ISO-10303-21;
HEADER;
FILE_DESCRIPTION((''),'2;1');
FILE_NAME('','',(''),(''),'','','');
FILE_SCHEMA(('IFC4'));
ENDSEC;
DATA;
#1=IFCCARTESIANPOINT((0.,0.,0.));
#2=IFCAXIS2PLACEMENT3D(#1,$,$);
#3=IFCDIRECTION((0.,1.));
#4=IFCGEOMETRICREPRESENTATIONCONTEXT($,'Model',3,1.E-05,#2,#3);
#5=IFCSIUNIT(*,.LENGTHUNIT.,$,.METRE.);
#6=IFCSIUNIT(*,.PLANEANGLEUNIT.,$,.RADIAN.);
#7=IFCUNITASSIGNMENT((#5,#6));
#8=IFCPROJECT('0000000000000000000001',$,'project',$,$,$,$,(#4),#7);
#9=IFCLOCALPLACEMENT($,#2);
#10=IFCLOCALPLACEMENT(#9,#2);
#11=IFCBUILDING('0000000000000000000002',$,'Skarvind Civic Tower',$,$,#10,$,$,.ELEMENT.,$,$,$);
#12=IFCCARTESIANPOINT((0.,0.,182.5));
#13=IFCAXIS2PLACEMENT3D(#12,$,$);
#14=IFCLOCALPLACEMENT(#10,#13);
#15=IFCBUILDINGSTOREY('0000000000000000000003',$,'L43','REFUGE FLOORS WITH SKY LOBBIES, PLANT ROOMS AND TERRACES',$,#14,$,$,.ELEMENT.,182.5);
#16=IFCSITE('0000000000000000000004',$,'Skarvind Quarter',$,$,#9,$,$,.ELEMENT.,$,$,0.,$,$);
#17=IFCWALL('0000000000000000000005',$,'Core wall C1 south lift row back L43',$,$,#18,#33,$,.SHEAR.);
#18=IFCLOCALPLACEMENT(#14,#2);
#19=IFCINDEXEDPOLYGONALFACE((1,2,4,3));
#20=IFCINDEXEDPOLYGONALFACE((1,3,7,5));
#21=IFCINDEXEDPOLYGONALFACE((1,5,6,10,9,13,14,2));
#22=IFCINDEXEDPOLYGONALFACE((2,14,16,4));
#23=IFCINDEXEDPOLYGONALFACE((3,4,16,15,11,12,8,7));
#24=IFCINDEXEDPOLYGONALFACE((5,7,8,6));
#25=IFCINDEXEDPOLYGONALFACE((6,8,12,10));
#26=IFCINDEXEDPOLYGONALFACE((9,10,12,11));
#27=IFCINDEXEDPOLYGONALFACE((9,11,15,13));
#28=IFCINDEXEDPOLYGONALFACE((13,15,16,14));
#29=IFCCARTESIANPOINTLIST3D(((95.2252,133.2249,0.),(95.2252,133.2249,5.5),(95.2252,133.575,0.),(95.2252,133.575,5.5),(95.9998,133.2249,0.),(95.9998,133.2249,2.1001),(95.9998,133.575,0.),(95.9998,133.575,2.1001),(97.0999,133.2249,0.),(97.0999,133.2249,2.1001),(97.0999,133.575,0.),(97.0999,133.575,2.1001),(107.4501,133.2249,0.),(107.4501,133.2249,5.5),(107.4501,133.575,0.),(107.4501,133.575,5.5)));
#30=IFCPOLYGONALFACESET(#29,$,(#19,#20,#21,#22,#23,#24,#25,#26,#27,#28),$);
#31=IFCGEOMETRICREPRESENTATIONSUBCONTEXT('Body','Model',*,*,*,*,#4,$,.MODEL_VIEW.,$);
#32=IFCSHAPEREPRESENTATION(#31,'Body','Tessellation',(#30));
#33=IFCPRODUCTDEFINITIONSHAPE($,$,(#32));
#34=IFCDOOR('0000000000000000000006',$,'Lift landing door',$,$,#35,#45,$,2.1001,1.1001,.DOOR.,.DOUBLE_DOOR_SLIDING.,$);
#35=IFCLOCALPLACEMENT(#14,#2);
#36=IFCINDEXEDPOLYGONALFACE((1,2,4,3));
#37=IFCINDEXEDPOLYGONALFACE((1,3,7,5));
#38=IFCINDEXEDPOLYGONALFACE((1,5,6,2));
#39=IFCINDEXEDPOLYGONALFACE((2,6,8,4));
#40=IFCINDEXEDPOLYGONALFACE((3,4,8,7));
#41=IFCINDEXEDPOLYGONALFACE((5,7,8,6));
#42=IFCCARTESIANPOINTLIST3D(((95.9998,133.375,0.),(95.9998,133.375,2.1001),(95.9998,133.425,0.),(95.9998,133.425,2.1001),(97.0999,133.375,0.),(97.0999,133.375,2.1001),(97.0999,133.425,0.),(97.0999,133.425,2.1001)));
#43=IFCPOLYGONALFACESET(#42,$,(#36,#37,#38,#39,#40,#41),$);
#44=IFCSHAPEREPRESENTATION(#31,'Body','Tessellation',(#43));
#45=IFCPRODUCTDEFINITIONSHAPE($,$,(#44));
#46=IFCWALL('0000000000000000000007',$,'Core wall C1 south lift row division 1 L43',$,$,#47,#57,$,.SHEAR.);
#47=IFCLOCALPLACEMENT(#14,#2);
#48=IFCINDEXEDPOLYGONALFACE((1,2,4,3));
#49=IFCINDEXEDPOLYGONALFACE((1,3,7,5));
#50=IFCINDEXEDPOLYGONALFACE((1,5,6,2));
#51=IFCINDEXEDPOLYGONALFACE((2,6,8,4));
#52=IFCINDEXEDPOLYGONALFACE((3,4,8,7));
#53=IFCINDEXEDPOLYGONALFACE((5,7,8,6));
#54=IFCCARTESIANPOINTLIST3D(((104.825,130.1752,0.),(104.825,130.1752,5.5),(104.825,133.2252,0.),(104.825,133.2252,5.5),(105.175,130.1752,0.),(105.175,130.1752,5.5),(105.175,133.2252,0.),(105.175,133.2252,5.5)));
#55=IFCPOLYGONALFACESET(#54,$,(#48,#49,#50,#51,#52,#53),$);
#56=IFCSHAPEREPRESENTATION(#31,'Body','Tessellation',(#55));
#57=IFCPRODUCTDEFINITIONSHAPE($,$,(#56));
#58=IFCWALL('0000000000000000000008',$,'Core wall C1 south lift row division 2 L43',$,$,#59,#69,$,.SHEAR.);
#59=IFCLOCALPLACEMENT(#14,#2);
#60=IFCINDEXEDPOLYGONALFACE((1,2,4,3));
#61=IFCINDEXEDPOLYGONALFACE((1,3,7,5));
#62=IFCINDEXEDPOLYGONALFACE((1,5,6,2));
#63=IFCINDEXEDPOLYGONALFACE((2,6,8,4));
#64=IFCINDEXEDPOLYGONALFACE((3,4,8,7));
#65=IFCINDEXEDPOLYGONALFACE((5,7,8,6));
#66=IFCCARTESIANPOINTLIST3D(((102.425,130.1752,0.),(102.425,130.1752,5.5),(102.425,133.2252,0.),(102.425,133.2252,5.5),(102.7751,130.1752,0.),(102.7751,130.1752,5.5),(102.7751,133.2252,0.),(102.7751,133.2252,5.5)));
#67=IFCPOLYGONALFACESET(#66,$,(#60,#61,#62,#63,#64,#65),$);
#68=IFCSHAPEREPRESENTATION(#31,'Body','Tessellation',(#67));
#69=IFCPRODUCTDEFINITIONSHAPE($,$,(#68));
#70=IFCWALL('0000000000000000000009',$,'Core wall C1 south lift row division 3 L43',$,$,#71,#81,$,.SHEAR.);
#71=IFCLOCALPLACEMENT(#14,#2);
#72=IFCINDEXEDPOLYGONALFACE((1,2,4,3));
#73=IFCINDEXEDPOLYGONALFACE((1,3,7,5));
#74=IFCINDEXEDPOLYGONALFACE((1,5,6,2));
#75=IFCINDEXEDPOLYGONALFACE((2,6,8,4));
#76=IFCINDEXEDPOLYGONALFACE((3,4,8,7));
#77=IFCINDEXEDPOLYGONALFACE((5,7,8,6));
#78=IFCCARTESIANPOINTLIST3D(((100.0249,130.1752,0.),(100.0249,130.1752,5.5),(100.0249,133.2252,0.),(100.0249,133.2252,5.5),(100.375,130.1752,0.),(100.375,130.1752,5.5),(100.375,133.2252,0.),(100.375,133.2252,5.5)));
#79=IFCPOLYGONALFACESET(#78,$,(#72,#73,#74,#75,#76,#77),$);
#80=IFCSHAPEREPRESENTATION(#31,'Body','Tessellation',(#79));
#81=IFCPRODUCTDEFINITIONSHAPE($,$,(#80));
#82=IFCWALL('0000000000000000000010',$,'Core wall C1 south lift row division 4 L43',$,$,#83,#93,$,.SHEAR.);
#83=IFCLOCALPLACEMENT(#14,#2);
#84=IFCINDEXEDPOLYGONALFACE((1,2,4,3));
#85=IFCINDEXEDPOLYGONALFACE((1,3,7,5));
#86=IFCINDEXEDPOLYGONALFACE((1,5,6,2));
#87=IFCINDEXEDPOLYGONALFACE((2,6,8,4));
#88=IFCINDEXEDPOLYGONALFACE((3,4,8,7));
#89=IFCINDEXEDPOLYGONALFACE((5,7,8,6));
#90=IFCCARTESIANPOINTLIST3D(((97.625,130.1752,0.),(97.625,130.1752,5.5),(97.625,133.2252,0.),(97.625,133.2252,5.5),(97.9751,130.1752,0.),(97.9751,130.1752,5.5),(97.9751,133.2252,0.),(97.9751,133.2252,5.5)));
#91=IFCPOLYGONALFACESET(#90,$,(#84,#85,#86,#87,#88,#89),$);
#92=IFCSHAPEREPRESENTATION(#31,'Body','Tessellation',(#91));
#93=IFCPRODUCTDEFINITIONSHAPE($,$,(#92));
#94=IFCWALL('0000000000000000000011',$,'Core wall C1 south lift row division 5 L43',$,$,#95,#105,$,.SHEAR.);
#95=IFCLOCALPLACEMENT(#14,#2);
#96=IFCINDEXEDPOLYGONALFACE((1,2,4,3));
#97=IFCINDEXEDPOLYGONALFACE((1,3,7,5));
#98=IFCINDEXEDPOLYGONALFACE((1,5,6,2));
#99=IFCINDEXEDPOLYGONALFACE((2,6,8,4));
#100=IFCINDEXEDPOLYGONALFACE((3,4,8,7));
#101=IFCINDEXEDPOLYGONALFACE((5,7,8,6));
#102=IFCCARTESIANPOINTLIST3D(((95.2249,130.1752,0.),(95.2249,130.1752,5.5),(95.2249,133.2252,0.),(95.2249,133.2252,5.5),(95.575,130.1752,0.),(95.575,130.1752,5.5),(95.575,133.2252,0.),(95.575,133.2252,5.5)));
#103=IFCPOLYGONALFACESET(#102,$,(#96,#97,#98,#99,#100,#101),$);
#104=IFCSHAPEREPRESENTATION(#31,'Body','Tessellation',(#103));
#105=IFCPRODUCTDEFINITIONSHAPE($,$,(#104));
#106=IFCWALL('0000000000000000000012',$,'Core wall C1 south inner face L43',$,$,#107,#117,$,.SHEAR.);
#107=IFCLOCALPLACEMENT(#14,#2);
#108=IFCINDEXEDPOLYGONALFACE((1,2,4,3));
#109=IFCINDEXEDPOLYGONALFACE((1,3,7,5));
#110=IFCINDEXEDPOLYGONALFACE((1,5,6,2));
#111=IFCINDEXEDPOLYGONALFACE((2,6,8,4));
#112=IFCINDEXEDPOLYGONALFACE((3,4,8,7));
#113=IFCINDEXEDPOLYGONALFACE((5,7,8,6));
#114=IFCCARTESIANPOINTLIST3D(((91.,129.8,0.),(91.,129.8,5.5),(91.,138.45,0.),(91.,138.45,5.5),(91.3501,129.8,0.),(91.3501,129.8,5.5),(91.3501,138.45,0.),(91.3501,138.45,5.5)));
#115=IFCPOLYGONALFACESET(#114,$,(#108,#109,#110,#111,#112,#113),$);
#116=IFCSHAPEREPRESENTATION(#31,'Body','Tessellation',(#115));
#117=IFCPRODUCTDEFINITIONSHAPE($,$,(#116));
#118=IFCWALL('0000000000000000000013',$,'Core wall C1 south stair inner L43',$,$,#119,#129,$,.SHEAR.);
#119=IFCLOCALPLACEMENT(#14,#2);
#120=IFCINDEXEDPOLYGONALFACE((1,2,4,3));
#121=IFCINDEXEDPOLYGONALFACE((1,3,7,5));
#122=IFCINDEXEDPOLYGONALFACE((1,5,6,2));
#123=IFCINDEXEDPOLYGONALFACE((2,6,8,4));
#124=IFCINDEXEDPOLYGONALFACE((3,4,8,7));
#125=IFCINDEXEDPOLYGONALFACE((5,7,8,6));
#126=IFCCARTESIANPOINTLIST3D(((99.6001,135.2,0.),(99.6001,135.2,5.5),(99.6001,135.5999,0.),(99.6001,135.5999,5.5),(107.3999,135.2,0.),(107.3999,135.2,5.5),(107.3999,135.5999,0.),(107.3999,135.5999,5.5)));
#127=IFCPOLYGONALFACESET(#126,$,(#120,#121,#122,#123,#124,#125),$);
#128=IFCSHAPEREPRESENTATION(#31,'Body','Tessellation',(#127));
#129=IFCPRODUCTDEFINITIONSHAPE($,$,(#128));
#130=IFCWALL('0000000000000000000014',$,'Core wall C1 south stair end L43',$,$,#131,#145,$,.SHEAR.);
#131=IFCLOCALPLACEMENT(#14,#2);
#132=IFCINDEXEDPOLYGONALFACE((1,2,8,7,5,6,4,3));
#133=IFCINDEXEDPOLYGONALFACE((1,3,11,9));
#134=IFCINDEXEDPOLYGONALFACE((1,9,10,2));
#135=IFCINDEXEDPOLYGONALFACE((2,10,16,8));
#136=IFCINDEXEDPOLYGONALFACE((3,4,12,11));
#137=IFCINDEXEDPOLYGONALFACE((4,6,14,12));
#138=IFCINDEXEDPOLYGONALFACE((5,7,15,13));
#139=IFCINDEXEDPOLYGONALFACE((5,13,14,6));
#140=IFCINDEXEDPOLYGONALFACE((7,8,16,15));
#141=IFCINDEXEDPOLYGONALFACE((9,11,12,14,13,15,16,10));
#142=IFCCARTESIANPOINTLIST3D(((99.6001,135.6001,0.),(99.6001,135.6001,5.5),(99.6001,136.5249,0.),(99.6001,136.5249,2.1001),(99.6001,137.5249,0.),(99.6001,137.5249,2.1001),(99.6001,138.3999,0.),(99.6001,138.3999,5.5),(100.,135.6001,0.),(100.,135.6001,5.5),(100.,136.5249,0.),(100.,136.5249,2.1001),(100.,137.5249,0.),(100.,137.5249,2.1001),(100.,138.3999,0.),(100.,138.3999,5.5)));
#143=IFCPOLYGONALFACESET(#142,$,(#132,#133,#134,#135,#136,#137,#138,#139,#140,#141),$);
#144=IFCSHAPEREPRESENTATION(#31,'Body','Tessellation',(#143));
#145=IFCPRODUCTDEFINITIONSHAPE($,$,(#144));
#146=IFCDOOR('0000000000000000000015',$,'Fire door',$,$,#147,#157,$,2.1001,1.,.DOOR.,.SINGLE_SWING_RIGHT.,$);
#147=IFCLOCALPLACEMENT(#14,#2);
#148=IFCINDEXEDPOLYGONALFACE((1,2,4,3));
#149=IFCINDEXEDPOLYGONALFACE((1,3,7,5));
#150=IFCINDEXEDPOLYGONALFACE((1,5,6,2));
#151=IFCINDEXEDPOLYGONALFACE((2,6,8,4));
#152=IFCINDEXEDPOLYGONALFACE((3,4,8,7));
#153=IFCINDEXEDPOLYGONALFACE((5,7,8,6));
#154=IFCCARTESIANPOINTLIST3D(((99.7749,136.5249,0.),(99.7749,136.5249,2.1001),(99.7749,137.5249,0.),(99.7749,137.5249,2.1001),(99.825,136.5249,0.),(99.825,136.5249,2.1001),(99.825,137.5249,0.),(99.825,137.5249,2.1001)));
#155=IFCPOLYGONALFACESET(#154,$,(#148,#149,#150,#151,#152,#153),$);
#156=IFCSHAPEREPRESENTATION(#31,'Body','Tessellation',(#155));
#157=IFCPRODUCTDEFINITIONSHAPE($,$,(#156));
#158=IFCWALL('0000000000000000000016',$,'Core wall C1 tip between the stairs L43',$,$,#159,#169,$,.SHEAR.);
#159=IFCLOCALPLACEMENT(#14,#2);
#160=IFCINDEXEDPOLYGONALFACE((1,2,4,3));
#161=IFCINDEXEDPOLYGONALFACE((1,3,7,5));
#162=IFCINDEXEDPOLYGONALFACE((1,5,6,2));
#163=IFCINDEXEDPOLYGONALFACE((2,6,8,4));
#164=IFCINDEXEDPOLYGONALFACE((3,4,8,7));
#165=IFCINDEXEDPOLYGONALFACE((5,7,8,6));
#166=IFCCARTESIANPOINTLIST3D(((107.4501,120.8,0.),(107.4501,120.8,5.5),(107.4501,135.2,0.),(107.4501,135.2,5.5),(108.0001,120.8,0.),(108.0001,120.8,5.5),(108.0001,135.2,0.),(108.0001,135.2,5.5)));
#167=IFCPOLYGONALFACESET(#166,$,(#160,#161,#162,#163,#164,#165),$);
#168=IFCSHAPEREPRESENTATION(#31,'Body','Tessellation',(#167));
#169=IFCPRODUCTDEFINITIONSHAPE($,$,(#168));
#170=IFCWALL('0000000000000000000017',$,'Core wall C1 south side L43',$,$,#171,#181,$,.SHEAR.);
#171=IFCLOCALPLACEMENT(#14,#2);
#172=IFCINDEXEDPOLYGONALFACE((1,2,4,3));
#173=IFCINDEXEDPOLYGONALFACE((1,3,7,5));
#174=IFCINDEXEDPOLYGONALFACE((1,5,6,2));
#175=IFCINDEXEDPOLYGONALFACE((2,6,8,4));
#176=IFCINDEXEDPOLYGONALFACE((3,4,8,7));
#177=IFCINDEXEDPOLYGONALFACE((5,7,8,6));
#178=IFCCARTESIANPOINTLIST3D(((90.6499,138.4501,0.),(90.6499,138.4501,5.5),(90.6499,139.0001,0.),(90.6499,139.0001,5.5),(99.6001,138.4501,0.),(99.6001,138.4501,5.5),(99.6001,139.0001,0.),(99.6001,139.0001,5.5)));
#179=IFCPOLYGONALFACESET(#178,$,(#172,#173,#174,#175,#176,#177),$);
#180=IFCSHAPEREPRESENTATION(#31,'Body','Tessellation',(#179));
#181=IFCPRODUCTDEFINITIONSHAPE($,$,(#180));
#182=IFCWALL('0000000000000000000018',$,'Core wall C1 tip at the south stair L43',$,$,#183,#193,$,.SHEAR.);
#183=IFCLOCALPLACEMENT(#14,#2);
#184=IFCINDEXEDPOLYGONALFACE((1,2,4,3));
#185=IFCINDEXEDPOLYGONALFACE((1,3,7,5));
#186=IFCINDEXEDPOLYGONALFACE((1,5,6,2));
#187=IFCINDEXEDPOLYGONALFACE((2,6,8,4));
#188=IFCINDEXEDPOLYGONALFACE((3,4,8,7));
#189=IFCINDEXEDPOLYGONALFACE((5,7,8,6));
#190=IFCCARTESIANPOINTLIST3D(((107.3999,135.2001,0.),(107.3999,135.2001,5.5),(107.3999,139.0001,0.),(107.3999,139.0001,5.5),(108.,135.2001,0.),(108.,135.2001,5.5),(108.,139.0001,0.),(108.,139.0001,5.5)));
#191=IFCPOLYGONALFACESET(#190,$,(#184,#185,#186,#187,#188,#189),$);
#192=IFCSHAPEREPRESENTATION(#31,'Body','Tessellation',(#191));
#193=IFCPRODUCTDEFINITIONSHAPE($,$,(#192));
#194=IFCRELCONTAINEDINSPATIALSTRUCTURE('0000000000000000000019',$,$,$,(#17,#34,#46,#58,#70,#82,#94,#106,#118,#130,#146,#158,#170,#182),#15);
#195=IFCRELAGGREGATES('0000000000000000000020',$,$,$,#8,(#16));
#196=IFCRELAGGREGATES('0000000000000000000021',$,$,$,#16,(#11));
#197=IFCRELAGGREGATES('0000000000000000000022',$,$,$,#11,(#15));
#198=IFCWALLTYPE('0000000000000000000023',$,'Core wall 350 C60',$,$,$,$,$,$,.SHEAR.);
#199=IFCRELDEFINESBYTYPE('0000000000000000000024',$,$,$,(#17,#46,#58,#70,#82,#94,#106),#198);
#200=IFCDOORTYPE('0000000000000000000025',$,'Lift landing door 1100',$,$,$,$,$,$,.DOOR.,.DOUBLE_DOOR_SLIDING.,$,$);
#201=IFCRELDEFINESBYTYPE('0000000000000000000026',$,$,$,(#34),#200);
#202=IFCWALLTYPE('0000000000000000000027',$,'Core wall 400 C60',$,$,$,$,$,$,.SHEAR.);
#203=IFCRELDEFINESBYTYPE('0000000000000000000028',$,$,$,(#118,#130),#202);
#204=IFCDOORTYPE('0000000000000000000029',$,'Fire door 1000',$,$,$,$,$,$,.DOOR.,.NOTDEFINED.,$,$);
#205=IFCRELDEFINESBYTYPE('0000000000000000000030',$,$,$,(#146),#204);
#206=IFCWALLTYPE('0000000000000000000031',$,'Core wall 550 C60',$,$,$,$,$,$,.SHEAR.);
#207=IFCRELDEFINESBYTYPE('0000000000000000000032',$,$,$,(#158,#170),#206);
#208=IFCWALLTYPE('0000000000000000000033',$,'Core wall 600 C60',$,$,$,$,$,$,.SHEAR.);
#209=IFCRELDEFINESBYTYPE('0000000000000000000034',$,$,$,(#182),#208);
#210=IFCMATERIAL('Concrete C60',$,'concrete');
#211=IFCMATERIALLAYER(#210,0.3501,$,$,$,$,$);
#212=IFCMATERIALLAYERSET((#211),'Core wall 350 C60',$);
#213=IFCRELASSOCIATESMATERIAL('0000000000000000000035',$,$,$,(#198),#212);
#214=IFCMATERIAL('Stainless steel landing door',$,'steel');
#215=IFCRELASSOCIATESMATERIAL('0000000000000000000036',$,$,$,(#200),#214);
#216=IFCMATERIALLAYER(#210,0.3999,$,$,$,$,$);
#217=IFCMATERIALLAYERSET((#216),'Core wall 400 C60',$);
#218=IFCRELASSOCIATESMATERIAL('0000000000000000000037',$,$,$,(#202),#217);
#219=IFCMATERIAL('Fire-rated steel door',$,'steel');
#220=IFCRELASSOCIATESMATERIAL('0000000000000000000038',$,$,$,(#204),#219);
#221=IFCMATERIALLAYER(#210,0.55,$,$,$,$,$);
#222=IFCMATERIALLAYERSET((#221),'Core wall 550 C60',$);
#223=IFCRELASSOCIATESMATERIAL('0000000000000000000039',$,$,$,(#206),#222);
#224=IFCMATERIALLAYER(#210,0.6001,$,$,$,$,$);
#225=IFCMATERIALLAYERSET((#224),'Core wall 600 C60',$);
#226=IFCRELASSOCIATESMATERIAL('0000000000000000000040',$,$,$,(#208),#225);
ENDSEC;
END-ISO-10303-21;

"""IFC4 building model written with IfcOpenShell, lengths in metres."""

from ifc_helpers import new_model, si_unit, direction, frame, frame_2d, origin, place, context, subcontext, project, spatial, rectangle, extrude, material, layer, layer_set, type_object, element, fill, save


model = new_model("IFC4")

# Units and contexts
model_context = context("Model", 3, precision=1e-05, world=origin(), true_north=direction((0.0, 1.0)))
body_context = subcontext(model_context, "Body", "Model", "MODEL_VIEW")
ifc_project = project(units=[si_unit("LENGTHUNIT", "METRE"), si_unit("PLANEANGLEUNIT", "RADIAN")], contexts=[model_context])

# Site, building, storey
site_placement = place(None, origin())
site = spatial("IfcSite", under=ifc_project, at=site_placement, Name="Skarvind Quarter", CompositionType="ELEMENT", RefElevation=0.0)
building_placement = place(site_placement, origin())
building = spatial("IfcBuilding", under=site, at=building_placement, Name="Skarvind Civic Tower", CompositionType="ELEMENT")
storey_placement = place(building_placement, frame((0.0, 0.0, 182.5)))
storey = spatial("IfcBuildingStorey", under=building, at=storey_placement, Name="L43", Description="REFUGE FLOORS WITH SKY LOBBIES, PLANT ROOMS AND TERRACES", CompositionType="ELEMENT", Elevation=182.5)

# Wall, opening, door
ifc_material_1 = material(Name="Concrete C60", Category="concrete")
ifc_layer_1 = layer(ifc_material_1, 0.3501)
ifc_layer_set_1 = layer_set([ifc_layer_1], Name="Core wall 350 C60")
wall_type_1 = type_object("IfcWallType", Name="Core wall 350 C60", PredefinedType="SHEAR", material=ifc_layer_set_1)
wall_1_placement = place(storey_placement, frame((107.45, 133.3999, 0.0), z_axis=(0.0, 0.0, 1.0), x_axis=(-1.0, 0.0, 0.0)))
wall_1 = element("IfcWall", 1, at=wall_1_placement, inside=storey, type_object=wall_type_1, Name="Core wall C1 south lift row back L43", PredefinedType="SHEAR", context=body_context, shape_type="SweptSolid", body=[
    extrude(rectangle(XDim=12.2249, YDim=0.3501, at=frame_2d((6.1123, 0.0))), origin(), (0.0, 0.0, 1.0), 5.5),
])
opening_1_placement = place(wall_1_placement, frame((10.3501, 0.0, 0.0)))
opening_1 = element("IfcOpeningElement", 2, at=opening_1_placement, cuts=wall_1, PredefinedType="OPENING", context=body_context, shape_type="SweptSolid", body=[
    extrude(rectangle(XDim=1.1001, YDim=2.1001, at=frame_2d((0.55, 1.05))), frame((0.0, 0.1851, 0.0), z_axis=(0.0, -1.0, 0.0), x_axis=(1.0, 0.0, 0.0)), (0.0, 0.0, 1.0), 0.3701),
])
ifc_material_2 = material(Name="Stainless steel landing door", Category="steel")
door_type_1 = type_object("IfcDoorType", Name="Lift landing door 1100", OperationType="DOUBLE_DOOR_SLIDING", PredefinedType="DOOR", material=ifc_material_2)
door_1_placement = place(opening_1_placement, origin())
door_1 = element("IfcDoor", 3, at=door_1_placement, inside=storey, type_object=door_type_1, Name="Lift landing door", OperationType="DOUBLE_DOOR_SLIDING", OverallHeight=2.1001, OverallWidth=1.1001, PredefinedType="DOOR", context=body_context, shape_type="SweptSolid", body=[
    extrude(rectangle(XDim=1.1001, YDim=2.1001, at=frame_2d((0.55, 1.05))), frame((0.0, 0.0249, 0.0), z_axis=(0.0, -1.0, 0.0), x_axis=(1.0, 0.0, 0.0)), (0.0, 0.0, 1.0), 0.05),
])
fill(opening_1, door_1)

# Walls
for number, where, z_axis, x_axis, name in (
    (4, (105.0, 133.2251, 0.0), (0.0, 0.0, 1.0), (0.0, -1.0, 0.0), "Core wall C1 south lift row division 1 L43"),
    (5, (102.6001, 133.2251, 0.0), (0.0, 0.0, 1.0), (0.0, -1.0, 0.0), "Core wall C1 south lift row division 2 L43"),
    (6, (100.2, 133.2251, 0.0), (0.0, 0.0, 1.0), (0.0, -1.0, 0.0), "Core wall C1 south lift row division 3 L43"),
    (7, (97.8, 133.2251, 0.0), (0.0, 0.0, 1.0), (0.0, -1.0, 0.0), "Core wall C1 south lift row division 4 L43"),
    (8, (95.3999, 133.2251, 0.0), (0.0, 0.0, 1.0), (0.0, -1.0, 0.0), "Core wall C1 south lift row division 5 L43"),
):
    element("IfcWall", number, at=place(storey_placement, frame(where, z_axis=z_axis, x_axis=x_axis)), inside=storey, type_object=wall_type_1, Name=name, PredefinedType="SHEAR", context=body_context, shape_type="SweptSolid", body=[
        extrude(rectangle(XDim=3.05, YDim=0.3501, at=frame_2d((1.5249, 0.0))), origin(), (0.0, 0.0, 1.0), 5.5),
    ])
wall_2_placement = place(storey_placement, frame((91.175, 138.45, 0.0), z_axis=(0.0, 0.0, 1.0), x_axis=(0.0, -1.0, 0.0)))
element("IfcWall", 9, at=wall_2_placement, inside=storey, type_object=wall_type_1, Name="Core wall C1 south inner face L43", PredefinedType="SHEAR", context=body_context, shape_type="SweptSolid", body=[
    extrude(rectangle(XDim=8.6499, YDim=0.3501, at=frame_2d((4.325, 0.0))), origin(), (0.0, 0.0, 1.0), 5.5),
])
ifc_layer_2 = layer(ifc_material_1, 0.3999)
ifc_layer_set_2 = layer_set([ifc_layer_2], Name="Core wall 400 C60")
wall_type_2 = type_object("IfcWallType", Name="Core wall 400 C60", PredefinedType="SHEAR", material=ifc_layer_set_2)
wall_3_placement = place(storey_placement, frame((107.3999, 135.3999, 0.0), z_axis=(0.0, 0.0, 1.0), x_axis=(-1.0, 0.0, 0.0)))
element("IfcWall", 10, at=wall_3_placement, inside=storey, type_object=wall_type_2, Name="Core wall C1 south stair inner L43", PredefinedType="SHEAR", context=body_context, shape_type="SweptSolid", body=[
    extrude(rectangle(XDim=7.7998, YDim=0.3999, at=frame_2d((3.8999, 0.0))), origin(), (0.0, 0.0, 1.0), 5.5),
])

# Wall, opening, door
wall_4_placement = place(storey_placement, frame((99.8, 138.3999, 0.0), z_axis=(0.0, 0.0, 1.0), x_axis=(0.0, -1.0, 0.0)))
wall_4 = element("IfcWall", 11, at=wall_4_placement, inside=storey, type_object=wall_type_2, Name="Core wall C1 south stair end L43", PredefinedType="SHEAR", context=body_context, shape_type="SweptSolid", body=[
    extrude(rectangle(XDim=2.7998, YDim=0.3999, at=frame_2d((1.3999, 0.0))), origin(), (0.0, 0.0, 1.0), 5.5),
])
opening_2_placement = place(wall_4_placement, frame((0.875, 0.0, 0.0)))
opening_2 = element("IfcOpeningElement", 12, at=opening_2_placement, cuts=wall_4, PredefinedType="OPENING", context=body_context, shape_type="SweptSolid", body=[
    extrude(rectangle(XDim=1.0, YDim=2.1001, at=frame_2d((0.5, 1.05))), frame((0.0, 0.21, 0.0), z_axis=(0.0, -1.0, 0.0), x_axis=(1.0, 0.0, 0.0)), (0.0, 0.0, 1.0), 0.4199),
])
ifc_material_3 = material(Name="Fire-rated steel door", Category="steel")
door_type_2 = type_object("IfcDoorType", Name="Fire door 1000", OperationType="NOTDEFINED", PredefinedType="DOOR", material=ifc_material_3)
door_2_placement = place(opening_2_placement, origin())
door_2 = element("IfcDoor", 13, at=door_2_placement, inside=storey, type_object=door_type_2, Name="Fire door", OperationType="SINGLE_SWING_RIGHT", OverallHeight=2.1001, OverallWidth=1.0, PredefinedType="DOOR", context=body_context, shape_type="SweptSolid", body=[
    extrude(rectangle(XDim=1.0, YDim=2.1001, at=frame_2d((0.5, 1.05))), frame((0.0, 0.0249, 0.0), z_axis=(0.0, -1.0, 0.0), x_axis=(1.0, 0.0, 0.0)), (0.0, 0.0, 1.0), 0.05),
])
fill(opening_2, door_2)

# Walls
ifc_layer_3 = layer(ifc_material_1, 0.55)
ifc_layer_set_3 = layer_set([ifc_layer_3], Name="Core wall 550 C60")
wall_type_3 = type_object("IfcWallType", Name="Core wall 550 C60", PredefinedType="SHEAR", material=ifc_layer_set_3)
wall_5_placement = place(storey_placement, frame((107.7251, 135.2, 0.0), z_axis=(0.0, 0.0, 1.0), x_axis=(0.0, -1.0, 0.0)))
element("IfcWall", 14, at=wall_5_placement, inside=storey, type_object=wall_type_3, Name="Core wall C1 tip between the stairs L43", PredefinedType="SHEAR", context=body_context, shape_type="SweptSolid", body=[
    extrude(rectangle(XDim=14.3999, YDim=0.55, at=frame_2d((7.2, 0.0))), origin(), (0.0, 0.0, 1.0), 5.5),
])
wall_6_placement = place(storey_placement, frame((99.6001, 138.7251, 0.0), z_axis=(0.0, 0.0, 1.0), x_axis=(-1.0, 0.0, 0.0)))
element("IfcWall", 15, at=wall_6_placement, inside=storey, type_object=wall_type_3, Name="Core wall C1 south side L43", PredefinedType="SHEAR", context=body_context, shape_type="SweptSolid", body=[
    extrude(rectangle(XDim=8.9502, YDim=0.55, at=frame_2d((4.4751, 0.0))), origin(), (0.0, 0.0, 1.0), 5.5),
])
ifc_layer_4 = layer(ifc_material_1, 0.6001)
ifc_layer_set_4 = layer_set([ifc_layer_4], Name="Core wall 600 C60")
wall_type_4 = type_object("IfcWallType", Name="Core wall 600 C60", PredefinedType="SHEAR", material=ifc_layer_set_4)
wall_7_placement = place(storey_placement, frame((107.7, 139.0, 0.0), z_axis=(0.0, 0.0, 1.0), x_axis=(0.0, -1.0, 0.0)))
element("IfcWall", 16, at=wall_7_placement, inside=storey, type_object=wall_type_4, Name="Core wall C1 tip at the south stair L43", PredefinedType="SHEAR", context=body_context, shape_type="SweptSolid", body=[
    extrude(rectangle(XDim=3.8, YDim=0.6001, at=frame_2d((1.8999, 0.0))), origin(), (0.0, 0.0, 1.0), 5.5),
])

save(model, "model.ifc")
